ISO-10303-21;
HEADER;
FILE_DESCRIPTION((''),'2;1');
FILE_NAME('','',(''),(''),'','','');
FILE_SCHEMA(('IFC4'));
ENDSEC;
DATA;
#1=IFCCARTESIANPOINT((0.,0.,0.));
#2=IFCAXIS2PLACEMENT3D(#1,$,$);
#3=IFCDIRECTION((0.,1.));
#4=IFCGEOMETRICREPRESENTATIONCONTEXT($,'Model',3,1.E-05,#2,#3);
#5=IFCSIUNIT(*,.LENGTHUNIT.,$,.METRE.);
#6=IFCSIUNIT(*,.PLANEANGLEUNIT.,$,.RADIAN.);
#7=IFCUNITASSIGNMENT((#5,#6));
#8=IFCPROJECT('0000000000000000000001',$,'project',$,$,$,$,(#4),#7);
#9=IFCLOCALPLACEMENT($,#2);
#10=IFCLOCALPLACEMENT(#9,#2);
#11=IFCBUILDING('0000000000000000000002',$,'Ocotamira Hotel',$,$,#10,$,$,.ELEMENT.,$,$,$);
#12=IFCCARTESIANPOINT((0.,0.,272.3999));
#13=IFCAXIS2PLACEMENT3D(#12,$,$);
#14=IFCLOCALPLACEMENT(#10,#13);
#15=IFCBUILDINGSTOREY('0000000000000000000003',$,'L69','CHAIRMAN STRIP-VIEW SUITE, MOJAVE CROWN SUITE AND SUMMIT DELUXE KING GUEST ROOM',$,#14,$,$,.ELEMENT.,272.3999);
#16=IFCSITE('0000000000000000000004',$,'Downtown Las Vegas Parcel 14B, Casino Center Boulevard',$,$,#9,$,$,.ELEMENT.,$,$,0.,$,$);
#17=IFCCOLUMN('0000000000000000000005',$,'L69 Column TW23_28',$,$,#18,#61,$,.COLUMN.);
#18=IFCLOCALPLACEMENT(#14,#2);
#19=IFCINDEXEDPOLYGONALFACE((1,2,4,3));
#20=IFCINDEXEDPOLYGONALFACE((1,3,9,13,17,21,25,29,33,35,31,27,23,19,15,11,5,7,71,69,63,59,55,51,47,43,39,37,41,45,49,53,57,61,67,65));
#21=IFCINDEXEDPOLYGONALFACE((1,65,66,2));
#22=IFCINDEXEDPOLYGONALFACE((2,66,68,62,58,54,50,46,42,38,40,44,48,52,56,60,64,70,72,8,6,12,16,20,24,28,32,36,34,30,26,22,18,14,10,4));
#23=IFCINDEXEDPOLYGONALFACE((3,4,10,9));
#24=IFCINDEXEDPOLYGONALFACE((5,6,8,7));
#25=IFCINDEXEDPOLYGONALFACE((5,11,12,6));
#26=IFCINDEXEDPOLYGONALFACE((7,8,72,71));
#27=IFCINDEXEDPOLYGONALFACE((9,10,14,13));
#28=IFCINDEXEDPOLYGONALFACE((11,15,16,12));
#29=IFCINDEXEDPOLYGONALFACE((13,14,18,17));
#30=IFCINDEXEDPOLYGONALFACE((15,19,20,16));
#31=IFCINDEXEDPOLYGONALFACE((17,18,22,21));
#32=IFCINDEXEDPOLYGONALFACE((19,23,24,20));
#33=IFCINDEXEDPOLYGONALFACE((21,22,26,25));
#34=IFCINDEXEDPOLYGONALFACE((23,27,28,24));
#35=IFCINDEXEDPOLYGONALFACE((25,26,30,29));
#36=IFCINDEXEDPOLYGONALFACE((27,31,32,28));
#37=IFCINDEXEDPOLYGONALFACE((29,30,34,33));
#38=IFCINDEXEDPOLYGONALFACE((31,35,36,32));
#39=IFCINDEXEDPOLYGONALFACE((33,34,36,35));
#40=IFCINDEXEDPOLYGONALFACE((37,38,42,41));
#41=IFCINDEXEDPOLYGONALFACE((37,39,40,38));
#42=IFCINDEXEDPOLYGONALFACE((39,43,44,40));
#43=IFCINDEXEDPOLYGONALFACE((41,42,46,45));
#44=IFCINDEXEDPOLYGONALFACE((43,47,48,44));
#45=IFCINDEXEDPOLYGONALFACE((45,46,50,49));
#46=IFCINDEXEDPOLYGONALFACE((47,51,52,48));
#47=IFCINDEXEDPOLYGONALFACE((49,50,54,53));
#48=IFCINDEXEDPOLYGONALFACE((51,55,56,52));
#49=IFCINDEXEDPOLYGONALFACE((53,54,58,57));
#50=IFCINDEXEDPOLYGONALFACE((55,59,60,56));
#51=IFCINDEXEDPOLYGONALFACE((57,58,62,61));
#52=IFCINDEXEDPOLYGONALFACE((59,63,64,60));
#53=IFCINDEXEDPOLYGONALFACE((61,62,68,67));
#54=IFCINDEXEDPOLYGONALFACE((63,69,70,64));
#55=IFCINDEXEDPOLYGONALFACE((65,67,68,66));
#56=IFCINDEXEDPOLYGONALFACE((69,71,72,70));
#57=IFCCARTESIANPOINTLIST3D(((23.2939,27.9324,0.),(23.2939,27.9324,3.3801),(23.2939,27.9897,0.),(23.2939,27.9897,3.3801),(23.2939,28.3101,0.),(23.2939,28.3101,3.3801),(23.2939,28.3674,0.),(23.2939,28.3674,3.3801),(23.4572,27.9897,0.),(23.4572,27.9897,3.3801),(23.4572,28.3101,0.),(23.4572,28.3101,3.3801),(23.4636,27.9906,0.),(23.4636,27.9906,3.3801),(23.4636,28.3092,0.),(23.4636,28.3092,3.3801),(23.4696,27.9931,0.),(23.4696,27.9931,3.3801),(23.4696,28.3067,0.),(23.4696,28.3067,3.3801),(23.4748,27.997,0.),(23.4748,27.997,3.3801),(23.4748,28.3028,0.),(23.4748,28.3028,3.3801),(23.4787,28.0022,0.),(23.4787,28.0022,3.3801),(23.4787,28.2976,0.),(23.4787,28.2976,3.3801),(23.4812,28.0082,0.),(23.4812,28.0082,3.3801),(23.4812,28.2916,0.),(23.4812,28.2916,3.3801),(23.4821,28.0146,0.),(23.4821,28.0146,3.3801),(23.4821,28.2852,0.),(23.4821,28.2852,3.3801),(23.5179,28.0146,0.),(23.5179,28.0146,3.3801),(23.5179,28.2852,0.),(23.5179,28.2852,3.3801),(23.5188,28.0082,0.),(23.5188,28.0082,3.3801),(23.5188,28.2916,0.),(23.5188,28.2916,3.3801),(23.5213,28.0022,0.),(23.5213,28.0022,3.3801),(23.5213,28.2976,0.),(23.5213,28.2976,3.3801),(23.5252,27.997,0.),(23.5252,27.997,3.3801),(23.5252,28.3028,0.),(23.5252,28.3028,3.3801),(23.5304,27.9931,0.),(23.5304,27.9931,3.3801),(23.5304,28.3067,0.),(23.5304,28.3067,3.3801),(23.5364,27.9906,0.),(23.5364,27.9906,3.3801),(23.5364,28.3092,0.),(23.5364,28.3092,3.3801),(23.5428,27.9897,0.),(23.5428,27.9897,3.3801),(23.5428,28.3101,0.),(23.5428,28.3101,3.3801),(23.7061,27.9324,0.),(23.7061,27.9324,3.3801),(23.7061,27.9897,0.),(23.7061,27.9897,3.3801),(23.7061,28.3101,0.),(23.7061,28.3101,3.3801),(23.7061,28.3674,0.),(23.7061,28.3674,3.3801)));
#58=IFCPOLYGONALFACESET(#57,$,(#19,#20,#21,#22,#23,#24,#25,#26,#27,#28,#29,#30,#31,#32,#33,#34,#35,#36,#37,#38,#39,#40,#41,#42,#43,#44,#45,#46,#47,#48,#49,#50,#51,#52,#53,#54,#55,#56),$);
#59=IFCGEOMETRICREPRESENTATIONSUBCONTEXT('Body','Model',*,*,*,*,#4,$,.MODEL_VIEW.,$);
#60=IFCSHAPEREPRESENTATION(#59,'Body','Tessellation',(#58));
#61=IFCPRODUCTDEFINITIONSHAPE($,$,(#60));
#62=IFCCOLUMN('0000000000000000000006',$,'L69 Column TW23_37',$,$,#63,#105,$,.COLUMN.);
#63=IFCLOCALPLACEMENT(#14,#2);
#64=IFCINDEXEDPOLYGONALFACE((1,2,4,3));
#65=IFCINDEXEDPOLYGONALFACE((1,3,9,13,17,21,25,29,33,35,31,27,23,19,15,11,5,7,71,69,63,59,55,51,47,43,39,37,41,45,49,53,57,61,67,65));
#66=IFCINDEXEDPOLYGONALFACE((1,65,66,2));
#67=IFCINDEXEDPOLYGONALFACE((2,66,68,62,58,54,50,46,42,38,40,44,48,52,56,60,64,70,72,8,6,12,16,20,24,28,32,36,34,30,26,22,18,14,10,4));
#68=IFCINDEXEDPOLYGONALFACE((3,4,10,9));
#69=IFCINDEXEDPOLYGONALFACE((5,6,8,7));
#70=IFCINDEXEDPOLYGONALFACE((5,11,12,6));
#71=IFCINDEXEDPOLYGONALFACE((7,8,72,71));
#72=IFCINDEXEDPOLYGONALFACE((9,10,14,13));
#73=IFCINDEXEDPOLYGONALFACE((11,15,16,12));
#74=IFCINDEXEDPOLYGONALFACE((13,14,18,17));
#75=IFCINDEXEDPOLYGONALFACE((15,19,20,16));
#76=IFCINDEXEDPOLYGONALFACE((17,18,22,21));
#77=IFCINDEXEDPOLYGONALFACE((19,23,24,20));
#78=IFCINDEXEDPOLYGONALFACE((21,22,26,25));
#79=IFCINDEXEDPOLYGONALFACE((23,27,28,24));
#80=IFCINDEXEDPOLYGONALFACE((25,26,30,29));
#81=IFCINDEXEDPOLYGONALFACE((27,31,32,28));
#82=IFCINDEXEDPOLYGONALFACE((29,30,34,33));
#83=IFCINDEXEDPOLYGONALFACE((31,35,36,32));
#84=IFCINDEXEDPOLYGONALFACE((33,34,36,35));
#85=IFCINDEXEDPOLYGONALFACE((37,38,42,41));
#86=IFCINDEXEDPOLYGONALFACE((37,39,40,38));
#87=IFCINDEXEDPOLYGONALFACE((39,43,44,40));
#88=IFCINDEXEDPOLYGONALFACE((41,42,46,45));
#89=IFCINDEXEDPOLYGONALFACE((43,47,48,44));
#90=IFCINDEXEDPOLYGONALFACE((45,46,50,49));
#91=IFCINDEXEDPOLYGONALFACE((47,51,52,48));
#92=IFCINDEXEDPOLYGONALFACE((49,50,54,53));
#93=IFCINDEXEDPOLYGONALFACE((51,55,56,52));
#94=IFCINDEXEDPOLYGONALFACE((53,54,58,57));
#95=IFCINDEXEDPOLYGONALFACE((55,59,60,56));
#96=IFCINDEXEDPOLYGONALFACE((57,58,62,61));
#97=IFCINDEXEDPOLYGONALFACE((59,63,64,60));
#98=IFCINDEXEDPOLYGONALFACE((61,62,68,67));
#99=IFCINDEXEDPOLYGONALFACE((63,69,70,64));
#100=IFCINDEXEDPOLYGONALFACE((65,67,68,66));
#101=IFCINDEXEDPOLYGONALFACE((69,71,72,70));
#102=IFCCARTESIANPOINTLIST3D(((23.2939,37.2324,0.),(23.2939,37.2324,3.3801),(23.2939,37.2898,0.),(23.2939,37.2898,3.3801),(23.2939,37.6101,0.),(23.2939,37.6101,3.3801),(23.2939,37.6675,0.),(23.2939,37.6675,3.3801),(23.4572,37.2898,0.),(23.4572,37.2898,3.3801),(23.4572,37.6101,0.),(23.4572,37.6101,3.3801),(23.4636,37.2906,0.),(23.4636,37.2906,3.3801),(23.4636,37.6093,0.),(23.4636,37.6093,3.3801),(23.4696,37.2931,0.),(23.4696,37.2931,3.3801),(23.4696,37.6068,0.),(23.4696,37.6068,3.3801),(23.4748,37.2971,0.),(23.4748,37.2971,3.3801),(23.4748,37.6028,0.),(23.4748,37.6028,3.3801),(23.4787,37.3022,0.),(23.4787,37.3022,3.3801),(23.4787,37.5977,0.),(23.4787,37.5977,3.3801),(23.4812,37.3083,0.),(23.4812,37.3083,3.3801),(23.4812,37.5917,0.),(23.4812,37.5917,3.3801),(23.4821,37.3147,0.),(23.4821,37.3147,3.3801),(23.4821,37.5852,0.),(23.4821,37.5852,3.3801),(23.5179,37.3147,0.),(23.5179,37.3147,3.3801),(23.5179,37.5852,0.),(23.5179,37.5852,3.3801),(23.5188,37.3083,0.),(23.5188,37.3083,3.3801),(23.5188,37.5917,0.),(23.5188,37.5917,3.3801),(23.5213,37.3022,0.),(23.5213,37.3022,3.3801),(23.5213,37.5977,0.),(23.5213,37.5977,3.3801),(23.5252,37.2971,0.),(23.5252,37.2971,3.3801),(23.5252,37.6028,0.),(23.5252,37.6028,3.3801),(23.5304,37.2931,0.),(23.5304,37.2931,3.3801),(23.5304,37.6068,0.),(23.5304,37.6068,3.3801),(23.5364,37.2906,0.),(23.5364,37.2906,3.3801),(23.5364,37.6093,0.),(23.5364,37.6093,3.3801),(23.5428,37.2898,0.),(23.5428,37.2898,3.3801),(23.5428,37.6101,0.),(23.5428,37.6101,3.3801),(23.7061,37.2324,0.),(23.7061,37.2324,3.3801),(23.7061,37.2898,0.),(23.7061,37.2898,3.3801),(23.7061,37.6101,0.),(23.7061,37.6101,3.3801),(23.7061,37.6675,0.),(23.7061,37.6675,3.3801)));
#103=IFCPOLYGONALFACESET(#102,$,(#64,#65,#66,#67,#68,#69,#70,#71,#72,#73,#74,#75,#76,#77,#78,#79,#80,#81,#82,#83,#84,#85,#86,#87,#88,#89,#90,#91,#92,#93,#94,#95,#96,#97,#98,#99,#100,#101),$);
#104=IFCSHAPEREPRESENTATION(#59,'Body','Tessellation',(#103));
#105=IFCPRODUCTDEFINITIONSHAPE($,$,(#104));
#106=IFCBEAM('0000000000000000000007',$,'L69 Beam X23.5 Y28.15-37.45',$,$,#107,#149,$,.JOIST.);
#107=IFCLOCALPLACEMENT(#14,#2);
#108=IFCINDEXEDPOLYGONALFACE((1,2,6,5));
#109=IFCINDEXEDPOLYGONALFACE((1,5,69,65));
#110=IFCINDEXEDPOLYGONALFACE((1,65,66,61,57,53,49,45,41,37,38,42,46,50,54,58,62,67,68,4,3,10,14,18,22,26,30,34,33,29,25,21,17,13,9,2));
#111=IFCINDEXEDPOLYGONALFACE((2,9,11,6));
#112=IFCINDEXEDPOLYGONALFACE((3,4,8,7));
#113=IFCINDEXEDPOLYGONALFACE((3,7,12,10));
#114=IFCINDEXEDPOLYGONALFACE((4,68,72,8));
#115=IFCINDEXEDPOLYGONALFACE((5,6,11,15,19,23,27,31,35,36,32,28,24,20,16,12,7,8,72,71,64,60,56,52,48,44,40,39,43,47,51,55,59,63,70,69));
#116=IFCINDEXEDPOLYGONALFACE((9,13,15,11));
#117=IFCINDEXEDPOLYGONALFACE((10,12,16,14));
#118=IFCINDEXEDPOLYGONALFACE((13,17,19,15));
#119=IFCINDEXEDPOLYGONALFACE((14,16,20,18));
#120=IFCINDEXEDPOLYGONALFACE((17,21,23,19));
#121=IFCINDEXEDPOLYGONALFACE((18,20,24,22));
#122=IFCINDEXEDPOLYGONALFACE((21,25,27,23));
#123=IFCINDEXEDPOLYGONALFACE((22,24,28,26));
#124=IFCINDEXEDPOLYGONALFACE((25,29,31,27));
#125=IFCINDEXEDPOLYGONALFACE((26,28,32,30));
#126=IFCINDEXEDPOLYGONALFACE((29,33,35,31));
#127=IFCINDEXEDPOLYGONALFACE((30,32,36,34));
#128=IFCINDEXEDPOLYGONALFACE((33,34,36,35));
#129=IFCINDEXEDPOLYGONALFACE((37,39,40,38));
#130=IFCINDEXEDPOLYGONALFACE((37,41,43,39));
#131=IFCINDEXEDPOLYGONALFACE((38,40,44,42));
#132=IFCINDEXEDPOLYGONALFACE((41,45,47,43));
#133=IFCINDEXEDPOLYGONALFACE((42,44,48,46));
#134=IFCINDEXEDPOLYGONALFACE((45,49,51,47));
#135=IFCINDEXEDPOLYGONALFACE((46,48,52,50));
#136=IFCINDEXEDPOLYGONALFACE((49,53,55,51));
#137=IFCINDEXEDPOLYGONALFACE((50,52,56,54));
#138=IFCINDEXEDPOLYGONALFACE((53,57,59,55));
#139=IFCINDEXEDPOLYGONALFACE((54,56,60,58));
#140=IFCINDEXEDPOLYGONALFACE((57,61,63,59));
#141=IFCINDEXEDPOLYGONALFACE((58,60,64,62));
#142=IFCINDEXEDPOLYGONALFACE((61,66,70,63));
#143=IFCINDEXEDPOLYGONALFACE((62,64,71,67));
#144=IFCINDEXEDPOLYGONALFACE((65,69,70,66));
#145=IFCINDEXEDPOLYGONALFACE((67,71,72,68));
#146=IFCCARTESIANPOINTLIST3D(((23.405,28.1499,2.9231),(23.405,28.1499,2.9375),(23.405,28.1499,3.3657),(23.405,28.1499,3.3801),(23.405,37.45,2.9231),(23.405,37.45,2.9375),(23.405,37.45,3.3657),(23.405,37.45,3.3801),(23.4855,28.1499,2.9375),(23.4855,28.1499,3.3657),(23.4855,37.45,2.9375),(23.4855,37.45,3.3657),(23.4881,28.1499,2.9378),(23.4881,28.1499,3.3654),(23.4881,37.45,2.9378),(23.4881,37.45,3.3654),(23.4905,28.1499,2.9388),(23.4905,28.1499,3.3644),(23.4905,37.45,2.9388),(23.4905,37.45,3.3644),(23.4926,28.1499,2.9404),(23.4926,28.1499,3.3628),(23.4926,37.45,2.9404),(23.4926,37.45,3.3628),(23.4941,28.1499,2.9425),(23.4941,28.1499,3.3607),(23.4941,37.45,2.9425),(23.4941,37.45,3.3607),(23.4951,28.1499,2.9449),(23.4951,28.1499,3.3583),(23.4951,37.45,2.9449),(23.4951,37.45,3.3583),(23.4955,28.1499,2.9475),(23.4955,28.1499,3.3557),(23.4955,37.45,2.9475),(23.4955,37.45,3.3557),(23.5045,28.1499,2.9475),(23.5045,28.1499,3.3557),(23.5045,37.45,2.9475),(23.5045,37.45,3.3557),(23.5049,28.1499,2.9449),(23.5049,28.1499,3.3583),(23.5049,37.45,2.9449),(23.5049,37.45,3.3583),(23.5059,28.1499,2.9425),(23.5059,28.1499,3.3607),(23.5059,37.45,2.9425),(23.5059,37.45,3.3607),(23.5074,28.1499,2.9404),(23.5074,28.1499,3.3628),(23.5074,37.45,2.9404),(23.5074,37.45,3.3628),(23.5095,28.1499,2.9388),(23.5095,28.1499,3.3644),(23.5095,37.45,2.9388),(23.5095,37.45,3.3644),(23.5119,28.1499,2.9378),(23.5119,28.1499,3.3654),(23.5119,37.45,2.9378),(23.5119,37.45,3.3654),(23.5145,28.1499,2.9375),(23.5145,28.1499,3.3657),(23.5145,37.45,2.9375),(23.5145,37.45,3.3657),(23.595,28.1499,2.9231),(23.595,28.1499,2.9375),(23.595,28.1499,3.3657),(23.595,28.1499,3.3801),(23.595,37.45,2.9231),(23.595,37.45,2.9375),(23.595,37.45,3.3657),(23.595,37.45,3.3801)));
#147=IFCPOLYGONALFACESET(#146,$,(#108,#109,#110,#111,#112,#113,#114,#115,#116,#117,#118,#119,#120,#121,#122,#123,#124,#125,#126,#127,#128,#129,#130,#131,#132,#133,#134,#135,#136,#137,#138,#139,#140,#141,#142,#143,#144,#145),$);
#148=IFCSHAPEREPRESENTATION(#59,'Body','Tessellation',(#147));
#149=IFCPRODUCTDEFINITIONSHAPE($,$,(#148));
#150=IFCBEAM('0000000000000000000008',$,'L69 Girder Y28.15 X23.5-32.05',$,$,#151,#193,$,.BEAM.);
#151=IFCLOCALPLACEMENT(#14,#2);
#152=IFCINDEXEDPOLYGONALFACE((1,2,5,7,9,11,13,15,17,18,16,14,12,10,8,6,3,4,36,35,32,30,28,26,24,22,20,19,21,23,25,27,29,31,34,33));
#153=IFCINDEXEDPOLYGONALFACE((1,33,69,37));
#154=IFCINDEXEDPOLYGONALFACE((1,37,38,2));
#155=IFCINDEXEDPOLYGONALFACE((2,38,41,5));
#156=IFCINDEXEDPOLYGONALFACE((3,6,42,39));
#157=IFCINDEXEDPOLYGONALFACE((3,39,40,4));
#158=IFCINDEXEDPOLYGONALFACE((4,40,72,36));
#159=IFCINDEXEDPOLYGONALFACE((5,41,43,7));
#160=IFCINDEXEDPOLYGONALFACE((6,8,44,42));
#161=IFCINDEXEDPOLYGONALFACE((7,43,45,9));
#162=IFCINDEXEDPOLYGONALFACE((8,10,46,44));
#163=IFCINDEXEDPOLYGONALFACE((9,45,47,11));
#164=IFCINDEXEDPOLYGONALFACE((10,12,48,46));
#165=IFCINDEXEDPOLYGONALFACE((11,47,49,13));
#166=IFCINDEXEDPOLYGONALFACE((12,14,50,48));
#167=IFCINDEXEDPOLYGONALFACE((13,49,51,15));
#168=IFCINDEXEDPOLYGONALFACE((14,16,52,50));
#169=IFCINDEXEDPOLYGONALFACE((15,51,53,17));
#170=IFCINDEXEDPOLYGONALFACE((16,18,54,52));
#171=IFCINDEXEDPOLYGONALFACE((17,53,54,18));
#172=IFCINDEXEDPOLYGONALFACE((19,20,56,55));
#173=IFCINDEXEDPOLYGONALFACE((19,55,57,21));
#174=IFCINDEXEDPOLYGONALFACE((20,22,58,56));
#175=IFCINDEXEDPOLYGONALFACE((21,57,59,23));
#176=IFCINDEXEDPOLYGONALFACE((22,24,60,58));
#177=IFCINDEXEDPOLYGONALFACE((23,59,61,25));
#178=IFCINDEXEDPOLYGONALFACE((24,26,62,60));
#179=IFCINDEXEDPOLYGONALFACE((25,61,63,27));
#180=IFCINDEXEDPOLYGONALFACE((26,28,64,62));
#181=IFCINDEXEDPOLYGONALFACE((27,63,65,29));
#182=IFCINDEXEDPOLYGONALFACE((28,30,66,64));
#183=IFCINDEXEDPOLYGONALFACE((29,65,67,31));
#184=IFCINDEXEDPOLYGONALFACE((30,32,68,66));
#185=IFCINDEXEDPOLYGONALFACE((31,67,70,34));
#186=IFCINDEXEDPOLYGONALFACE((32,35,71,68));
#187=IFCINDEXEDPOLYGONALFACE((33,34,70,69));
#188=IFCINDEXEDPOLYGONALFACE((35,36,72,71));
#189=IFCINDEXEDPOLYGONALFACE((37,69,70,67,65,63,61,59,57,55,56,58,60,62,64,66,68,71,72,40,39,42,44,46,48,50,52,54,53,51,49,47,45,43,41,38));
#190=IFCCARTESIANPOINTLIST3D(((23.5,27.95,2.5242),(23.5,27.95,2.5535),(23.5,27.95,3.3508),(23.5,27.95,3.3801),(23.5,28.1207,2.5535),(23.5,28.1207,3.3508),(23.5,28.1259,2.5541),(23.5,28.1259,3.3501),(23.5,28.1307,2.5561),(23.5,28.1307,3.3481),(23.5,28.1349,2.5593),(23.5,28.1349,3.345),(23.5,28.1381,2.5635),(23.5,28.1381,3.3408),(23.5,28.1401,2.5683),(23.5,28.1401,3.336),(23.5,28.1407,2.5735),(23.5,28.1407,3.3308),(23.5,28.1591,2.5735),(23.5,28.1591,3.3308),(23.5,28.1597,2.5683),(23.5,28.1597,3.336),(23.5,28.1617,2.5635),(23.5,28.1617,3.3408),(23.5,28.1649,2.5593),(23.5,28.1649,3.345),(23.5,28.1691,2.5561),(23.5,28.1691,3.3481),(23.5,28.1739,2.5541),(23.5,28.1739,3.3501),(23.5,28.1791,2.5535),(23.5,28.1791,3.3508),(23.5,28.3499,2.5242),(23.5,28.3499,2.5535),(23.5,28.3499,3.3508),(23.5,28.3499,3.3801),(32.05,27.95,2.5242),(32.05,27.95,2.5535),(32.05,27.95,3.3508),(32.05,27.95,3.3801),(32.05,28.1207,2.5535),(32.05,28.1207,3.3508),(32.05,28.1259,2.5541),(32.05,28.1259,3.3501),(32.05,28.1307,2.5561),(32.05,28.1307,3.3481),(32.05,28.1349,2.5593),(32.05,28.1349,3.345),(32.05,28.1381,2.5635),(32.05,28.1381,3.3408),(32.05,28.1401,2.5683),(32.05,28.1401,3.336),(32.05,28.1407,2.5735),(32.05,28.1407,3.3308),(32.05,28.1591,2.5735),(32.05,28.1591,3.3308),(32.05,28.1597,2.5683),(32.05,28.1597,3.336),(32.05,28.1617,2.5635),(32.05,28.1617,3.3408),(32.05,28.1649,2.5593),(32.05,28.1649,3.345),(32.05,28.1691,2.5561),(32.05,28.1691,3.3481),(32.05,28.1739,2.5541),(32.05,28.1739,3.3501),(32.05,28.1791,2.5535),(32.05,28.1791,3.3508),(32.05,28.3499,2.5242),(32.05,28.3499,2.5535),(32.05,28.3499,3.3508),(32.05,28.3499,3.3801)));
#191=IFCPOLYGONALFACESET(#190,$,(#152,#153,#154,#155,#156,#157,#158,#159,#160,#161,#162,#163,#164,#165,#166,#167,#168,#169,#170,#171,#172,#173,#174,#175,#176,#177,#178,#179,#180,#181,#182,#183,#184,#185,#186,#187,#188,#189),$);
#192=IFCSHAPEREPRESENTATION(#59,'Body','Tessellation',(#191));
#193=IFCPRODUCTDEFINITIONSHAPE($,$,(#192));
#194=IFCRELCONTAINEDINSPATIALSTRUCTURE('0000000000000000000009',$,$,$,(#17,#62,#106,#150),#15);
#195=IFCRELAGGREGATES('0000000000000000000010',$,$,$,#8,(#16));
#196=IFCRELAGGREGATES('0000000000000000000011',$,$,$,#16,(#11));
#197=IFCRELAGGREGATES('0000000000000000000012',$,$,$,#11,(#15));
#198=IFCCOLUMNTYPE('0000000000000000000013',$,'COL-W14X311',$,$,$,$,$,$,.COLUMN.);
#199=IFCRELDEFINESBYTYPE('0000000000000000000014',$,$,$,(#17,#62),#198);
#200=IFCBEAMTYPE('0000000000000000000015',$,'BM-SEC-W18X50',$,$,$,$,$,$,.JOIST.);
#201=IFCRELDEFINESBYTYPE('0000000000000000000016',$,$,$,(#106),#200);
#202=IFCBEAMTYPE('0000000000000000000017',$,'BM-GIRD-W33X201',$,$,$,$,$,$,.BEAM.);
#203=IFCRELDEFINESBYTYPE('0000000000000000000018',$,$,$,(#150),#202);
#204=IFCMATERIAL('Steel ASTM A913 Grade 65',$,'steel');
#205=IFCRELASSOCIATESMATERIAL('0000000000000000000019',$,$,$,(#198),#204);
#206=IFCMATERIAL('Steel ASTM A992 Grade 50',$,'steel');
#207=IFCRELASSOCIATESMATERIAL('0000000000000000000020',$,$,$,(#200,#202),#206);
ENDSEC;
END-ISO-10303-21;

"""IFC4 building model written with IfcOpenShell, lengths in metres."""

from ifc_helpers import new_model, si_unit, direction, frame, origin, origin_2d, place, context, subcontext, project, spatial, i_section, extrude, source, transform, mapped, material, material_profile, profile_set, type_object, element, save


model = new_model("IFC4")

# Units and contexts
model_context = context("Model", 3, precision=1e-05, world=origin(), true_north=direction((0.0, 1.0)))
body_context = subcontext(model_context, "Body", "Model", "MODEL_VIEW")
ifc_project = project(units=[si_unit("LENGTHUNIT", "METRE"), si_unit("PLANEANGLEUNIT", "RADIAN")], contexts=[model_context])

# Site, building, storey
site_placement = place(None, origin())
site = spatial("IfcSite", under=ifc_project, at=site_placement, Name="Downtown Las Vegas Parcel 14B, Casino Center Boulevard", CompositionType="ELEMENT", RefElevation=0.0)
building_placement = place(site_placement, origin())
building = spatial("IfcBuilding", under=site, at=building_placement, Name="Ocotamira Hotel", CompositionType="ELEMENT")
storey_placement = place(building_placement, frame((0.0, 0.0, 272.3999)))
storey = spatial("IfcBuildingStorey", under=building, at=storey_placement, Name="L69", Description="CHAIRMAN STRIP-VIEW SUITE, MOJAVE CROWN SUITE AND SUMMIT DELUXE KING GUEST ROOM", CompositionType="ELEMENT", Elevation=272.3999)

# Columns
ifc_material_1 = material(Name="Steel ASTM A913 Grade 65", Category="steel")
ifc_material_profile_1 = material_profile(ifc_material_1, i_section(OverallWidth=0.4121, OverallDepth=0.4351, WebThickness=0.0359, FlangeThickness=0.0574, FilletRadius=0.0249, at=origin_2d()), Name="W14X311")
ifc_profile_set_1 = profile_set([ifc_material_profile_1], Name="Steel ASTM A913 Grade 65")
column_type = type_object("IfcColumnType", Name="COL-W14X311", PredefinedType="COLUMN", material=ifc_profile_set_1)
shared_shape_1 = source(origin(), body_context, "Body", "SweptSolid", [
    extrude(i_section(OverallWidth=0.4121, OverallDepth=0.4351, WebThickness=0.0359, FlangeThickness=0.0574, FilletRadius=0.0249, at=origin_2d()), origin(), (0.0, 0.0, 1.0), 3.3801),
])
for number, where, z_axis, x_axis, name in (
    (1, (23.5, 28.1499, 0.0), (0.0, 0.0, 1.0), (1.0, 0.0, 0.0), "L69 Column TW23_28"),
    (2, (23.5, 37.45, 0.0), (0.0, 0.0, 1.0), (1.0, 0.0, 0.0), "L69 Column TW23_37"),
):
    element("IfcColumn", number, at=place(storey_placement, frame(where, z_axis=z_axis, x_axis=x_axis)), inside=storey, type_object=column_type, Name=name, PredefinedType="COLUMN", context=body_context, shape_type="MappedRepresentation", body=[
        mapped(shared_shape_1, transform((0.0, 0.0, 0.0), scale=1.0)),
    ])

# Beams
ifc_material_2 = material(Name="Steel ASTM A992 Grade 50", Category="steel")
ifc_material_profile_2 = material_profile(ifc_material_2, i_section(OverallWidth=0.1899, OverallDepth=0.457, WebThickness=0.009, FlangeThickness=0.0144, FilletRadius=0.01, at=origin_2d()), Name="W18X50")
ifc_profile_set_2 = profile_set([ifc_material_profile_2], Name="Steel ASTM A992 Grade 50")
beam_type_1 = type_object("IfcBeamType", Name="BM-SEC-W18X50", PredefinedType="JOIST", material=ifc_profile_set_2)
shared_shape_2 = source(origin(), body_context, "Body", "SweptSolid", [
    extrude(i_section(OverallWidth=0.1899, OverallDepth=0.457, WebThickness=0.009, FlangeThickness=0.0144, FilletRadius=0.01, at=origin_2d()), origin(), (0.0, 0.0, 1.0), 9.3),
])
beam_placement = place(storey_placement, frame((23.5, 28.1499, 3.1516), z_axis=(0.0, 1.0, 0.0), x_axis=(-1.0, 0.0, 0.0)))
element("IfcBeam", 3, at=beam_placement, inside=storey, type_object=beam_type_1, Name="L69 Beam X23.5 Y28.15-37.45", PredefinedType="JOIST", context=body_context, shape_type="MappedRepresentation", body=[
    mapped(shared_shape_2, transform((0.0, 0.0, 0.0), scale=1.0)),
])
ifc_material_profile_3 = material_profile(ifc_material_2, i_section(OverallWidth=0.3999, OverallDepth=0.856, WebThickness=0.0183, FlangeThickness=0.0293, FilletRadius=0.02, at=origin_2d()), Name="W33X201")
ifc_profile_set_3 = profile_set([ifc_material_profile_3], Name="Steel ASTM A992 Grade 50")
beam_type_2 = type_object("IfcBeamType", Name="BM-GIRD-W33X201", PredefinedType="BEAM", material=ifc_profile_set_3)
shared_shape_3 = source(origin(), body_context, "Body", "SweptSolid", [
    extrude(i_section(OverallWidth=0.3999, OverallDepth=0.856, WebThickness=0.0183, FlangeThickness=0.0293, FilletRadius=0.02, at=origin_2d()), origin(), (0.0, 0.0, 1.0), 8.55),
])
for number, where, z_axis, x_axis, name in (
    (4, (23.5, 28.1499, 2.9521), (1.0, 0.0, 0.0), (0.0, 1.0, 0.0), "L69 Girder Y28.15 X23.5-32.05"),
):
    element("IfcBeam", number, at=place(storey_placement, frame(where, z_axis=z_axis, x_axis=x_axis)), inside=storey, type_object=beam_type_2, Name=name, PredefinedType="BEAM", context=body_context, shape_type="MappedRepresentation", body=[
        mapped(shared_shape_3, transform((0.0, 0.0, 0.0), scale=1.0)),
    ])

save(model, "model.ifc")
